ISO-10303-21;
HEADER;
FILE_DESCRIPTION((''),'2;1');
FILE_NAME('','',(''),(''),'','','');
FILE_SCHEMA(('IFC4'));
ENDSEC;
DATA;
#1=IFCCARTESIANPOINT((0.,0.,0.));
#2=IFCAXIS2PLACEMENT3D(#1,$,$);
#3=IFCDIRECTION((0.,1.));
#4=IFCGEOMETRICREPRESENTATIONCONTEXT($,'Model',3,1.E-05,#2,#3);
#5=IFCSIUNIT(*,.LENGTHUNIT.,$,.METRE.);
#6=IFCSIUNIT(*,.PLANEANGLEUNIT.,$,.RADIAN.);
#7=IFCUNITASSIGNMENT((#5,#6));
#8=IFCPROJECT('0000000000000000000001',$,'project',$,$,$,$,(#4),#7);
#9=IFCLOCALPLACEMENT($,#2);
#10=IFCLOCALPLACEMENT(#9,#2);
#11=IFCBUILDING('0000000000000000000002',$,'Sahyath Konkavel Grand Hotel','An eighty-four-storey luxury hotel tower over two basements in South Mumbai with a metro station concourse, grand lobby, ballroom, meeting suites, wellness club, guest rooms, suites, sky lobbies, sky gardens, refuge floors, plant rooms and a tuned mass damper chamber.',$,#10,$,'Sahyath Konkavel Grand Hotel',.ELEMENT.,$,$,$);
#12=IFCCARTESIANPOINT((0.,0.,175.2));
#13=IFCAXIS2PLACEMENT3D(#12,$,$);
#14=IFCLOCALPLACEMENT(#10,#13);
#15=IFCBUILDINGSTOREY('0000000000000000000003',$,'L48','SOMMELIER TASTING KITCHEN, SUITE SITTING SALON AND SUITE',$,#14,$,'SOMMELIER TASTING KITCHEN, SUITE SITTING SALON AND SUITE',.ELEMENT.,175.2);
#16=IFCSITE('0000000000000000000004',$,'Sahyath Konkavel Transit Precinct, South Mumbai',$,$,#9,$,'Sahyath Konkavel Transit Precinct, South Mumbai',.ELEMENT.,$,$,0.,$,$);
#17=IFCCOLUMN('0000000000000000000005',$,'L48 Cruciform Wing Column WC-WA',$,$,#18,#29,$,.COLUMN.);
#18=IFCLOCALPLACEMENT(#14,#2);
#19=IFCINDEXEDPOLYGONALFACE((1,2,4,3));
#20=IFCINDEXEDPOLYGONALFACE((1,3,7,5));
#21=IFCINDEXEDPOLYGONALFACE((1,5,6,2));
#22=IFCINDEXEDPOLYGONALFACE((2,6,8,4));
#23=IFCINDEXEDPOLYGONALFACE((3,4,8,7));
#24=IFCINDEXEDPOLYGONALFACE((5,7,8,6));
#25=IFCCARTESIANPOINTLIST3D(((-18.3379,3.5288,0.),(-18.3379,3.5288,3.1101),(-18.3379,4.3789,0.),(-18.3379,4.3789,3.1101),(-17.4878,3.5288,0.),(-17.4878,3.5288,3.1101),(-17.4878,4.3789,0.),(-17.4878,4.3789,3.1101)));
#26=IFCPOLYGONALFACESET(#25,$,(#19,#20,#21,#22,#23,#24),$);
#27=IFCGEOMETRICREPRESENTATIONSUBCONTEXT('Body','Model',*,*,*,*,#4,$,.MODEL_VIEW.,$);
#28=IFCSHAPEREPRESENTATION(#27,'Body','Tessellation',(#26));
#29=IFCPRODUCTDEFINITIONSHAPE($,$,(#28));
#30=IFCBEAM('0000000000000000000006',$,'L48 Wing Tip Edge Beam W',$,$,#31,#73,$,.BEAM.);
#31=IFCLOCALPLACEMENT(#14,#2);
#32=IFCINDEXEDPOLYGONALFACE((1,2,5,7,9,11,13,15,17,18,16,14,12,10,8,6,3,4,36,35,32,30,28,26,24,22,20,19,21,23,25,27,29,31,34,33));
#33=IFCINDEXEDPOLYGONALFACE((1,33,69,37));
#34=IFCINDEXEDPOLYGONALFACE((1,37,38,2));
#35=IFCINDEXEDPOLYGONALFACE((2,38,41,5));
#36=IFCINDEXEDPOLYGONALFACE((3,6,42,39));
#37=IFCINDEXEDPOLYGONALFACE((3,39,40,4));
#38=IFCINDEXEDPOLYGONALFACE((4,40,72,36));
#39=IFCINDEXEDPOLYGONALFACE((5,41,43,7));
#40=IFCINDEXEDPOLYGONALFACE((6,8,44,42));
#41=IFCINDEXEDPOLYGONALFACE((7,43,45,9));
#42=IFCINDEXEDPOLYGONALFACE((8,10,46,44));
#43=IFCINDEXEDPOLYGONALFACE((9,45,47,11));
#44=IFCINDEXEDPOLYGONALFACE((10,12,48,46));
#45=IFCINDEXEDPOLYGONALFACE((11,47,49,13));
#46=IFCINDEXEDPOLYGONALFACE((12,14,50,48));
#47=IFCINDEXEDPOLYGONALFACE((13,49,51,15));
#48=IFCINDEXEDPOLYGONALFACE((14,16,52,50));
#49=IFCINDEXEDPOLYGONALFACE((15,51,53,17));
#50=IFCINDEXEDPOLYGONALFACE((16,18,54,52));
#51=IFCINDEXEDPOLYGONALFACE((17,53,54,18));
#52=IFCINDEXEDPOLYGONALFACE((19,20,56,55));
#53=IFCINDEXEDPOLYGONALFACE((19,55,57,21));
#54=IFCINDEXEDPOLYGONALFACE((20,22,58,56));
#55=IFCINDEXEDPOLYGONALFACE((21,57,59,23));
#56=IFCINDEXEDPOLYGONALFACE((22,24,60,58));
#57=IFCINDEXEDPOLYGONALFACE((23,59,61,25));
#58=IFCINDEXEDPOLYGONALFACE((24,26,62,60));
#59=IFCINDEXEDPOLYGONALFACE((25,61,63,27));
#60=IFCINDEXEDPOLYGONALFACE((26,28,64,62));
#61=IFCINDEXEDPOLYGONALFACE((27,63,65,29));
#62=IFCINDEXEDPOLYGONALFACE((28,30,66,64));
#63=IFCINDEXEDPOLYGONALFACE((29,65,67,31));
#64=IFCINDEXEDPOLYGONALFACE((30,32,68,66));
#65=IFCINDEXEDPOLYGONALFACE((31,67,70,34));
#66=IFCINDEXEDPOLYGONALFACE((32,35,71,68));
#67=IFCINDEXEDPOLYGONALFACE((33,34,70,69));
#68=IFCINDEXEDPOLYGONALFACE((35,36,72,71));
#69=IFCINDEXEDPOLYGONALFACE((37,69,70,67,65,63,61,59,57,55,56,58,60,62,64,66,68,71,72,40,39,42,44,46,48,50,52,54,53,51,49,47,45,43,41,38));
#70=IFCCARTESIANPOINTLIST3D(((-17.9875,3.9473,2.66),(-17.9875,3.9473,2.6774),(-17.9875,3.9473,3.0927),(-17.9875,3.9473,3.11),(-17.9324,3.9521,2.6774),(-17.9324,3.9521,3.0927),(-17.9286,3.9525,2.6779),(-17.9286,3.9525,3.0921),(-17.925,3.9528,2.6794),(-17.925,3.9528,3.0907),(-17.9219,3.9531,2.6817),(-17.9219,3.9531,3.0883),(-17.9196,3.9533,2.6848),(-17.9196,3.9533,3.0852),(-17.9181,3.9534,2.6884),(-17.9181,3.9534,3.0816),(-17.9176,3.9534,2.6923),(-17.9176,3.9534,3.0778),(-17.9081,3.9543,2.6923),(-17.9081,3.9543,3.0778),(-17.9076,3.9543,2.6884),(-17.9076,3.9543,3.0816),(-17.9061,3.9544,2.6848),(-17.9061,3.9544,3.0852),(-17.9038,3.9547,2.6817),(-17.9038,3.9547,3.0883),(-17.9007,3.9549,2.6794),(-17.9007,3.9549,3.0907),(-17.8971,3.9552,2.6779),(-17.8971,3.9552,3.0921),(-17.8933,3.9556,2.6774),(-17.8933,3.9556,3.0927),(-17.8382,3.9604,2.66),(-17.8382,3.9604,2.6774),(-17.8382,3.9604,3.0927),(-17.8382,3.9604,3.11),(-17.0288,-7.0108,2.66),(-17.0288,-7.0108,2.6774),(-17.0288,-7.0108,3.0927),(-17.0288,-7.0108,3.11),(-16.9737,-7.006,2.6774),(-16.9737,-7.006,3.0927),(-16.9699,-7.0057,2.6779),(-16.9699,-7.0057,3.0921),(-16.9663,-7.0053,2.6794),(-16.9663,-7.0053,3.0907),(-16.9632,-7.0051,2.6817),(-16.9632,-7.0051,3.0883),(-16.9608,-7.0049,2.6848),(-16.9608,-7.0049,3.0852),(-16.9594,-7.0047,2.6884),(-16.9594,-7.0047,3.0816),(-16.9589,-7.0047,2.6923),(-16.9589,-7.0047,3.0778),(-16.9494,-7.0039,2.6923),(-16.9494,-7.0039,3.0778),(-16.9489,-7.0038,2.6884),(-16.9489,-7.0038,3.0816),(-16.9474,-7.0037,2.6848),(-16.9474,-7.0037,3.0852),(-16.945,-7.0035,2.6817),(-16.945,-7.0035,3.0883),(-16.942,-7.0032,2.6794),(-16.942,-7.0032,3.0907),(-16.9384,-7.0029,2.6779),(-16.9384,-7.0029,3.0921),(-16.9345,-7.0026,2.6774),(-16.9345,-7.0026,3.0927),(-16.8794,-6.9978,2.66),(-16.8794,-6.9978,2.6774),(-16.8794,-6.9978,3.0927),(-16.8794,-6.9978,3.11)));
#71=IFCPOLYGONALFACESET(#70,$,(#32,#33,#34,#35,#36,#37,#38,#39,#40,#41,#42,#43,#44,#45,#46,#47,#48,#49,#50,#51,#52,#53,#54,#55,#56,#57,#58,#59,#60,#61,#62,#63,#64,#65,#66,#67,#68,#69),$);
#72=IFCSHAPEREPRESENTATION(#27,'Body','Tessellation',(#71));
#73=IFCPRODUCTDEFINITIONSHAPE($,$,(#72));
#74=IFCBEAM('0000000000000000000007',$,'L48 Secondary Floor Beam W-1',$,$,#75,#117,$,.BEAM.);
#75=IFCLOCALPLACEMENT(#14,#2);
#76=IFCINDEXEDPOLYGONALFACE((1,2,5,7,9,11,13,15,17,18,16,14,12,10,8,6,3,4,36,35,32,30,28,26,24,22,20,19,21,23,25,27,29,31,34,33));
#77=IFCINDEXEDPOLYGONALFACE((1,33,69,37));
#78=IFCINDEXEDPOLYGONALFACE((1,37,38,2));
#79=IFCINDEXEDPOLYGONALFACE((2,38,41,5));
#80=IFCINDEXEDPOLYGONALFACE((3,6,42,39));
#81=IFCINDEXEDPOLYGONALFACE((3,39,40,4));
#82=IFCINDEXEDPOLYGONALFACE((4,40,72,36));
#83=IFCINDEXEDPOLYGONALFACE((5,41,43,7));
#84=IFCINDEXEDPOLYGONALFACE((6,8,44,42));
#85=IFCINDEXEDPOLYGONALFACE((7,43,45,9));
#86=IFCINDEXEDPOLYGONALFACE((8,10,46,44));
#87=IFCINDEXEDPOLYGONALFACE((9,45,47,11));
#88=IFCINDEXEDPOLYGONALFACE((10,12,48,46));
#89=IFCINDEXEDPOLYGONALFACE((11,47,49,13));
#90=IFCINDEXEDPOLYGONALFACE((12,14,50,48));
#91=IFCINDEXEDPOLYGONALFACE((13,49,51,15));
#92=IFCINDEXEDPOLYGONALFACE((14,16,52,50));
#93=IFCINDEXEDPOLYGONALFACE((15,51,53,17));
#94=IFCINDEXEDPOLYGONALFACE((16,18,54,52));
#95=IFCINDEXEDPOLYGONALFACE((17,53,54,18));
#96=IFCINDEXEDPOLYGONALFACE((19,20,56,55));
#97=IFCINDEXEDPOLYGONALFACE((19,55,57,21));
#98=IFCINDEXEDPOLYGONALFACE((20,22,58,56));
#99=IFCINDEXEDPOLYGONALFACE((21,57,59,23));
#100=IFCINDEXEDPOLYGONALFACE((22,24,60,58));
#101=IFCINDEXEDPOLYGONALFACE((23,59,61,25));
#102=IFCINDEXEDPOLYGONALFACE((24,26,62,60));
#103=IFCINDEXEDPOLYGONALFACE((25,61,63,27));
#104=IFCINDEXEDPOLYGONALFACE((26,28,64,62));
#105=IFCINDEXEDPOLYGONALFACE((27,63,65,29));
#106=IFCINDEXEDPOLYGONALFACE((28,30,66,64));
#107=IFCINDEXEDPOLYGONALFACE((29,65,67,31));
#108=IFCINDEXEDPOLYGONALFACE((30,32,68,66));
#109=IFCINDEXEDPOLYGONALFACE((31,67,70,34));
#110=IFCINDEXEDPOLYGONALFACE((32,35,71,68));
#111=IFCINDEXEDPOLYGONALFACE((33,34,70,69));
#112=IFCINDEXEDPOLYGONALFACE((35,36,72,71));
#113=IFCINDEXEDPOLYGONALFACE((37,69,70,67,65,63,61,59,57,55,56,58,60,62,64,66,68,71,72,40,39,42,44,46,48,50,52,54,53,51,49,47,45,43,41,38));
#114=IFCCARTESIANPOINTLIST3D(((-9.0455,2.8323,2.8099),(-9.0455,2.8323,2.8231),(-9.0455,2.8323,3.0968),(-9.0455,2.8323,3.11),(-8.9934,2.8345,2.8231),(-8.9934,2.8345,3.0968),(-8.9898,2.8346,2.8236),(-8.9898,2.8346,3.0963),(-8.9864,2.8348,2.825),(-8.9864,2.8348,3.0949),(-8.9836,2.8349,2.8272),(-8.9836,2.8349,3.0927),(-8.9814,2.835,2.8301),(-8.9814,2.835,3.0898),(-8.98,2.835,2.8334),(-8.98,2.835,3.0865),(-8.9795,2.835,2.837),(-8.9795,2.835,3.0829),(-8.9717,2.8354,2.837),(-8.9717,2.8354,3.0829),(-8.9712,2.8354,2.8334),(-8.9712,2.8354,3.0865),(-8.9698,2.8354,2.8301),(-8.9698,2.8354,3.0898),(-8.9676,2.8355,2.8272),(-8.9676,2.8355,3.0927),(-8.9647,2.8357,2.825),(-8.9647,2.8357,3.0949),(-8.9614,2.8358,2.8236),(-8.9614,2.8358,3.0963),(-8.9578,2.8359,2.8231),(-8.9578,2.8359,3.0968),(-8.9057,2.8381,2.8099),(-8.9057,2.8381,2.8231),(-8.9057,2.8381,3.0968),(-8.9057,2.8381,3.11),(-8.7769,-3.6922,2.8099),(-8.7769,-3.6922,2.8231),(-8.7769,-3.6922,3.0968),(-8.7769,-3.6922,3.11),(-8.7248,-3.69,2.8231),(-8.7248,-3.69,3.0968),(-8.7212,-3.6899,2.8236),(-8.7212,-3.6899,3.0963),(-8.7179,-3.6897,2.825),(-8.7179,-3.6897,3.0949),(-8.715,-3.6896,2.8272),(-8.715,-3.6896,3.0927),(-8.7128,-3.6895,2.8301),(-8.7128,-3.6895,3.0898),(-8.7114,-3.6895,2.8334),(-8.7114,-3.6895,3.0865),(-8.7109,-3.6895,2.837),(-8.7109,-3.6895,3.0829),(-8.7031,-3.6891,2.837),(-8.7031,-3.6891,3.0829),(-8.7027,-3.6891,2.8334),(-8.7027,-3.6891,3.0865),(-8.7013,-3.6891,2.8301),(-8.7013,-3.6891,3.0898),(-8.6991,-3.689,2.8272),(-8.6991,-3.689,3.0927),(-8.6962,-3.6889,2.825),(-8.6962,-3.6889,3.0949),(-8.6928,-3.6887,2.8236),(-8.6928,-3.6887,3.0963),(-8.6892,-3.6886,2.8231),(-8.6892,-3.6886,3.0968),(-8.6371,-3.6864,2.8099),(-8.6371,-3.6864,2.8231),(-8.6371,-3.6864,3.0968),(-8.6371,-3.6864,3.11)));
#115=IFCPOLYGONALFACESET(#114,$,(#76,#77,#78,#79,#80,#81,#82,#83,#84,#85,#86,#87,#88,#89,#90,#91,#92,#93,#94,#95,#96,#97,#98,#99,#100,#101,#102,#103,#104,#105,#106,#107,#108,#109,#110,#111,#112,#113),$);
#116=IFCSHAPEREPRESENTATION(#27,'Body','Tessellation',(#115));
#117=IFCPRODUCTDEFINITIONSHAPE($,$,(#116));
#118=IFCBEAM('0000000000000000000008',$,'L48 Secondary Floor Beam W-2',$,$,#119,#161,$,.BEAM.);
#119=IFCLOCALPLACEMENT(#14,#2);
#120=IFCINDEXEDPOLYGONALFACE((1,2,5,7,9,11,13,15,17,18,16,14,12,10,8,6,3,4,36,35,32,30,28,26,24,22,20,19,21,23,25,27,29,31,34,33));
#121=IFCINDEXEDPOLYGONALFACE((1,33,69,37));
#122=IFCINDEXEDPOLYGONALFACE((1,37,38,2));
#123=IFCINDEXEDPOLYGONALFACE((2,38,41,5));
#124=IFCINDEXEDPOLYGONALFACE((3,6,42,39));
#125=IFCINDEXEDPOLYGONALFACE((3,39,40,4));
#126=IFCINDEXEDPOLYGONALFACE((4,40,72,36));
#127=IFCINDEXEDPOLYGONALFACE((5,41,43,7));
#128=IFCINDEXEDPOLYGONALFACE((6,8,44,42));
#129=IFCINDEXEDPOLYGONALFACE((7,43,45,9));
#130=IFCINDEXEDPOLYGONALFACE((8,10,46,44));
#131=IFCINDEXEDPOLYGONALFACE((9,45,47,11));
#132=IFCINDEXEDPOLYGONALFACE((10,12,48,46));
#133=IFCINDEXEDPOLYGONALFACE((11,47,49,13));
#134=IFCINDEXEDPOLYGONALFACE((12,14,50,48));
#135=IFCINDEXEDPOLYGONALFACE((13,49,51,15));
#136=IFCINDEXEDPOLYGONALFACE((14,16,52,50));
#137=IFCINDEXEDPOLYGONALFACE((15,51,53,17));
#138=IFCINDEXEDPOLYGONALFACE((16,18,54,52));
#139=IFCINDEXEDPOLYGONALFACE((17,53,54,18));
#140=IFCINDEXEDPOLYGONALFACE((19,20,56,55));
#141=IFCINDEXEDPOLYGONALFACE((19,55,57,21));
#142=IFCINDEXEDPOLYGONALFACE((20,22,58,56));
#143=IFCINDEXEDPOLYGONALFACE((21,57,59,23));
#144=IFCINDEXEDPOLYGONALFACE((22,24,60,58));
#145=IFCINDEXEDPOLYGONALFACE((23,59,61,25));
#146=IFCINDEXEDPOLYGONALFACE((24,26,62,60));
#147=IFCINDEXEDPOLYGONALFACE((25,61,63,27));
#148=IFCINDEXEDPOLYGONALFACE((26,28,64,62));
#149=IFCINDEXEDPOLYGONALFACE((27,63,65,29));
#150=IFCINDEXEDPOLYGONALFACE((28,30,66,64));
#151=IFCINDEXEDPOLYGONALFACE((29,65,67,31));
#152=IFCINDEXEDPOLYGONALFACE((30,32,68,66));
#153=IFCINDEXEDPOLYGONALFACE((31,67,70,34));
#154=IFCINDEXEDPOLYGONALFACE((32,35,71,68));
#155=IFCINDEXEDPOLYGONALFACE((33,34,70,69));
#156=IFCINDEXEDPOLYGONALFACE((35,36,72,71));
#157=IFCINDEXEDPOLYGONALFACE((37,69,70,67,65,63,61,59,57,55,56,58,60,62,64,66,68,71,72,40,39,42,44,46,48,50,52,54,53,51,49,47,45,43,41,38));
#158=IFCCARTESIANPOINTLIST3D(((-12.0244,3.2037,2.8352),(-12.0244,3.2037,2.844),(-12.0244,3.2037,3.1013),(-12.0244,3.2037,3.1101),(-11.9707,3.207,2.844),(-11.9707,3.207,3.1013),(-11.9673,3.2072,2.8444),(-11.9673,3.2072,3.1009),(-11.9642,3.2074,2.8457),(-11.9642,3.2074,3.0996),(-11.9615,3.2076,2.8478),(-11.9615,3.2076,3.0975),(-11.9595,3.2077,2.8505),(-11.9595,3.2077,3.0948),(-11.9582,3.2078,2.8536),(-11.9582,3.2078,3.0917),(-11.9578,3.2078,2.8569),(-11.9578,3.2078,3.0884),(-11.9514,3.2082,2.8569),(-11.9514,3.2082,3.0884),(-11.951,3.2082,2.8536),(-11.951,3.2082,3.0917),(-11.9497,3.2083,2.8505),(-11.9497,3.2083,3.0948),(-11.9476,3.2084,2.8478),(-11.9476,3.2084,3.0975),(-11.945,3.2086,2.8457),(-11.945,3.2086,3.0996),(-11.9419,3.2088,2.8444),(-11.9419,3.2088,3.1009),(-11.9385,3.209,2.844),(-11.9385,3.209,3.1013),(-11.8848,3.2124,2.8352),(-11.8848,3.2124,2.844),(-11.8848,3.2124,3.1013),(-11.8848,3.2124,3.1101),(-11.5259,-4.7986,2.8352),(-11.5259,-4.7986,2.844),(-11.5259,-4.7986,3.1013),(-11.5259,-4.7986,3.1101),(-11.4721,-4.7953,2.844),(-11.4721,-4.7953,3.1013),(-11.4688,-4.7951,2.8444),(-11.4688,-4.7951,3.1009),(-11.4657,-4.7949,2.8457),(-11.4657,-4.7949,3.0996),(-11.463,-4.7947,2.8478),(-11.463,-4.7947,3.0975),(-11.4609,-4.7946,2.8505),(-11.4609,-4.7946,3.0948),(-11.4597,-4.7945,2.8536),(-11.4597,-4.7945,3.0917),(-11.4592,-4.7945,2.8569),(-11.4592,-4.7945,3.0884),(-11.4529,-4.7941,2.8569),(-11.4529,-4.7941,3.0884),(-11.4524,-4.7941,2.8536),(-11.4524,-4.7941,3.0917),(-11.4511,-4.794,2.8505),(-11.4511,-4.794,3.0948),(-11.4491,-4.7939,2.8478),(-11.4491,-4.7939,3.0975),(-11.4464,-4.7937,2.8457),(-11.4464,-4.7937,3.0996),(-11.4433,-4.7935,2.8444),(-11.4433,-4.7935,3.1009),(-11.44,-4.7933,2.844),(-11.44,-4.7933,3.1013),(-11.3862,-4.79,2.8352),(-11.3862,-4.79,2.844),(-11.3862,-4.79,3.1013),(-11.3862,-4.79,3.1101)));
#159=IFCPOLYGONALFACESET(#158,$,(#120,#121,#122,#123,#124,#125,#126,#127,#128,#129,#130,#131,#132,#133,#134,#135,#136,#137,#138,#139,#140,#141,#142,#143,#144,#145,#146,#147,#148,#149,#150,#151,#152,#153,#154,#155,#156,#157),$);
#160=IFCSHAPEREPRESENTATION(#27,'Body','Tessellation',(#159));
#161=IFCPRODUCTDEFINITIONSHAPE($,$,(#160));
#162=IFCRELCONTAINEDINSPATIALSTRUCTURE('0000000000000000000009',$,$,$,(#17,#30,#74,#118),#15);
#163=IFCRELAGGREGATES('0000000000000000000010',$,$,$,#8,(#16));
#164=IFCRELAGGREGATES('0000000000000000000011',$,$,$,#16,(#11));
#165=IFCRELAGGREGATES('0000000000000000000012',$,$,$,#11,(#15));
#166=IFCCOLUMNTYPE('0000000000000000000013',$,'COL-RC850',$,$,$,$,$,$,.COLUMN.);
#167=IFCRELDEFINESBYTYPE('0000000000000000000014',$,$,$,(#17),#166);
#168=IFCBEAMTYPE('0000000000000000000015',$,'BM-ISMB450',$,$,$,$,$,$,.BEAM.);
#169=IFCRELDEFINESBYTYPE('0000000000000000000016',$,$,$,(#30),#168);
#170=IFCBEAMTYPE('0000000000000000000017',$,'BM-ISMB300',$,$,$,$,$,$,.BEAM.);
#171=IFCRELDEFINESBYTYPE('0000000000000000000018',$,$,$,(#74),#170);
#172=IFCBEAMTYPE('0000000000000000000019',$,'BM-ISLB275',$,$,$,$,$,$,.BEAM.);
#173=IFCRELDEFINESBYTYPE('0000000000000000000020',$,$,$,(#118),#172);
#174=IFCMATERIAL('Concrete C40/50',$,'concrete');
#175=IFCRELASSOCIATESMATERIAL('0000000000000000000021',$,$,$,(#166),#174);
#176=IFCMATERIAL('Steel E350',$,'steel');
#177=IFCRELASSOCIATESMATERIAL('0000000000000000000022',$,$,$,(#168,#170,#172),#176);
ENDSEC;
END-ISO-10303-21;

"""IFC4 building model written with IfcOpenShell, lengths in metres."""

from ifc_helpers import new_model, si_unit, direction, frame, origin, origin_2d, place, context, subcontext, project, spatial, rectangle, i_section, extrude, source, transform, mapped, material, material_profile, profile_set, type_object, element, save


model = new_model("IFC4")

# Units and contexts
model_context = context("Model", 3, precision=1e-05, world=origin(), true_north=direction((0.0, 1.0)))
body_context = subcontext(model_context, "Body", "Model", "MODEL_VIEW")
ifc_project = project(units=[si_unit("LENGTHUNIT", "METRE"), si_unit("PLANEANGLEUNIT", "RADIAN")], contexts=[model_context])

# Site, building, storey
site_placement = place(None, origin())
site = spatial("IfcSite", under=ifc_project, at=site_placement, Name="Sahyath Konkavel Transit Precinct, South Mumbai", LongName="Sahyath Konkavel Transit Precinct, South Mumbai", CompositionType="ELEMENT", RefElevation=0.0)
building_placement = place(site_placement, origin())
building = spatial("IfcBuilding", under=site, at=building_placement, Name="Sahyath Konkavel Grand Hotel", Description="An eighty-four-storey luxury hotel tower over two basements in South Mumbai with a metro station concourse, grand lobby, ballroom, meeting suites, wellness club, guest rooms, suites, sky lobbies, sky gardens, refuge floors, plant rooms and a tuned mass damper chamber.", LongName="Sahyath Konkavel Grand Hotel", CompositionType="ELEMENT")
storey_placement = place(building_placement, frame((0.0, 0.0, 175.2)))
storey = spatial("IfcBuildingStorey", under=building, at=storey_placement, Name="L48", Description="SOMMELIER TASTING KITCHEN, SUITE SITTING SALON AND SUITE", LongName="SOMMELIER TASTING KITCHEN, SUITE SITTING SALON AND SUITE", CompositionType="ELEMENT", Elevation=175.2)

# Column
ifc_material_1 = material(Name="Concrete C40/50", Category="concrete")
ifc_material_profile_1 = material_profile(ifc_material_1, rectangle(XDim=0.8501, YDim=0.8501, at=origin_2d()), Name="RC 850x850")
ifc_profile_set_1 = profile_set([ifc_material_profile_1], Name="Concrete C40/50")
column_type = type_object("IfcColumnType", Name="COL-RC850", PredefinedType="COLUMN", material=ifc_profile_set_1)
shared_shape_1 = source(origin(), body_context, "Body", "SweptSolid", [
    extrude(rectangle(XDim=0.8501, YDim=0.8501, at=origin_2d()), origin(), (0.0, 0.0, 1.0), 3.1101),
])
column_placement = place(storey_placement, frame((-17.9128, 3.9539, 0.0), z_axis=(0.0, 0.0, 1.0), x_axis=(1.0, 0.0, 0.0)))
element("IfcColumn", 1, at=column_placement, inside=storey, type_object=column_type, Name="L48 Cruciform Wing Column WC-WA", PredefinedType="COLUMN", context=body_context, shape_type="MappedRepresentation", body=[
    mapped(shared_shape_1, transform((0.0, 0.0, 0.0), scale=1.0)),
])

# Beams
ifc_material_2 = material(Name="Steel E350", Category="steel")
ifc_material_profile_2 = material_profile(ifc_material_2, i_section(OverallWidth=0.1499, OverallDepth=0.45, WebThickness=0.0095, FlangeThickness=0.0173, FilletRadius=0.0149, at=origin_2d()), Name="ISMB 450")
ifc_profile_set_2 = profile_set([ifc_material_profile_2], Name="Steel E350")
beam_type_1 = type_object("IfcBeamType", Name="BM-ISMB450", PredefinedType="BEAM", material=ifc_profile_set_2)
shared_shape_2 = source(origin(), body_context, "Body", "SweptSolid", [
    extrude(i_section(OverallWidth=0.1499, OverallDepth=0.45, WebThickness=0.0095, FlangeThickness=0.0173, FilletRadius=0.0149, at=origin_2d()), origin(), (0.0, 0.0, 1.0), 11.0),
])
beam_1_placement = place(storey_placement, frame((-17.9128, 3.9539, 2.885), z_axis=(0.087157, -0.996195, 0.0), x_axis=(0.996195, 0.087157, 0.0)))
element("IfcBeam", 2, at=beam_1_placement, inside=storey, type_object=beam_type_1, Name="L48 Wing Tip Edge Beam W", PredefinedType="BEAM", context=body_context, shape_type="MappedRepresentation", body=[
    mapped(shared_shape_2, transform((0.0, 0.0, 0.0), scale=1.0)),
])
ifc_material_profile_3 = material_profile(ifc_material_2, i_section(OverallWidth=0.1399, OverallDepth=0.3, WebThickness=0.0078, FlangeThickness=0.0132, FilletRadius=0.0139, at=origin_2d()), Name="ISMB 300")
ifc_profile_set_3 = profile_set([ifc_material_profile_3], Name="Steel E350")
beam_type_2 = type_object("IfcBeamType", Name="BM-ISMB300", PredefinedType="BEAM", material=ifc_profile_set_3)
shared_shape_3 = source(origin(), body_context, "Body", "SweptSolid", [
    extrude(i_section(OverallWidth=0.1399, OverallDepth=0.3, WebThickness=0.0078, FlangeThickness=0.0132, FilletRadius=0.0139, at=origin_2d()), origin(), (0.0, 0.0, 1.0), 6.53),
])
beam_2_placement = place(storey_placement, frame((-8.9756, 2.8352, 2.96), z_axis=(0.041127, -0.999154, 0.0), x_axis=(0.999154, 0.041127, 0.0)))
element("IfcBeam", 3, at=beam_2_placement, inside=storey, type_object=beam_type_2, Name="L48 Secondary Floor Beam W-1", PredefinedType="BEAM", context=body_context, shape_type="MappedRepresentation", body=[
    mapped(shared_shape_3, transform((0.0, 0.0, 0.0), scale=1.0)),
])
ifc_material_profile_4 = material_profile(ifc_material_2, i_section(OverallWidth=0.1399, OverallDepth=0.2749, WebThickness=0.0063, FlangeThickness=0.0088, FilletRadius=0.0129, at=origin_2d()), Name="ISLB 275")
ifc_profile_set_4 = profile_set([ifc_material_profile_4], Name="Steel E350")
beam_type_3 = type_object("IfcBeamType", Name="BM-ISLB275", PredefinedType="BEAM", material=ifc_profile_set_4)
shared_shape_4 = source(origin(), body_context, "Body", "SweptSolid", [
    extrude(i_section(OverallWidth=0.1399, OverallDepth=0.2749, WebThickness=0.0063, FlangeThickness=0.0088, FilletRadius=0.0129, at=origin_2d()), origin(), (0.0, 0.0, 1.0), 8.0178),
])
beam_3_placement = place(storey_placement, frame((-11.9546, 3.208, 2.9727), z_axis=(0.062179, -0.998065, 0.0), x_axis=(0.998065, 0.062179, 0.0)))
element("IfcBeam", 4, at=beam_3_placement, inside=storey, type_object=beam_type_3, Name="L48 Secondary Floor Beam W-2", PredefinedType="BEAM", context=body_context, shape_type="MappedRepresentation", body=[
    mapped(shared_shape_4, transform((0.0, 0.0, 0.0), scale=1.0)),
])

save(model, "model.ifc")
